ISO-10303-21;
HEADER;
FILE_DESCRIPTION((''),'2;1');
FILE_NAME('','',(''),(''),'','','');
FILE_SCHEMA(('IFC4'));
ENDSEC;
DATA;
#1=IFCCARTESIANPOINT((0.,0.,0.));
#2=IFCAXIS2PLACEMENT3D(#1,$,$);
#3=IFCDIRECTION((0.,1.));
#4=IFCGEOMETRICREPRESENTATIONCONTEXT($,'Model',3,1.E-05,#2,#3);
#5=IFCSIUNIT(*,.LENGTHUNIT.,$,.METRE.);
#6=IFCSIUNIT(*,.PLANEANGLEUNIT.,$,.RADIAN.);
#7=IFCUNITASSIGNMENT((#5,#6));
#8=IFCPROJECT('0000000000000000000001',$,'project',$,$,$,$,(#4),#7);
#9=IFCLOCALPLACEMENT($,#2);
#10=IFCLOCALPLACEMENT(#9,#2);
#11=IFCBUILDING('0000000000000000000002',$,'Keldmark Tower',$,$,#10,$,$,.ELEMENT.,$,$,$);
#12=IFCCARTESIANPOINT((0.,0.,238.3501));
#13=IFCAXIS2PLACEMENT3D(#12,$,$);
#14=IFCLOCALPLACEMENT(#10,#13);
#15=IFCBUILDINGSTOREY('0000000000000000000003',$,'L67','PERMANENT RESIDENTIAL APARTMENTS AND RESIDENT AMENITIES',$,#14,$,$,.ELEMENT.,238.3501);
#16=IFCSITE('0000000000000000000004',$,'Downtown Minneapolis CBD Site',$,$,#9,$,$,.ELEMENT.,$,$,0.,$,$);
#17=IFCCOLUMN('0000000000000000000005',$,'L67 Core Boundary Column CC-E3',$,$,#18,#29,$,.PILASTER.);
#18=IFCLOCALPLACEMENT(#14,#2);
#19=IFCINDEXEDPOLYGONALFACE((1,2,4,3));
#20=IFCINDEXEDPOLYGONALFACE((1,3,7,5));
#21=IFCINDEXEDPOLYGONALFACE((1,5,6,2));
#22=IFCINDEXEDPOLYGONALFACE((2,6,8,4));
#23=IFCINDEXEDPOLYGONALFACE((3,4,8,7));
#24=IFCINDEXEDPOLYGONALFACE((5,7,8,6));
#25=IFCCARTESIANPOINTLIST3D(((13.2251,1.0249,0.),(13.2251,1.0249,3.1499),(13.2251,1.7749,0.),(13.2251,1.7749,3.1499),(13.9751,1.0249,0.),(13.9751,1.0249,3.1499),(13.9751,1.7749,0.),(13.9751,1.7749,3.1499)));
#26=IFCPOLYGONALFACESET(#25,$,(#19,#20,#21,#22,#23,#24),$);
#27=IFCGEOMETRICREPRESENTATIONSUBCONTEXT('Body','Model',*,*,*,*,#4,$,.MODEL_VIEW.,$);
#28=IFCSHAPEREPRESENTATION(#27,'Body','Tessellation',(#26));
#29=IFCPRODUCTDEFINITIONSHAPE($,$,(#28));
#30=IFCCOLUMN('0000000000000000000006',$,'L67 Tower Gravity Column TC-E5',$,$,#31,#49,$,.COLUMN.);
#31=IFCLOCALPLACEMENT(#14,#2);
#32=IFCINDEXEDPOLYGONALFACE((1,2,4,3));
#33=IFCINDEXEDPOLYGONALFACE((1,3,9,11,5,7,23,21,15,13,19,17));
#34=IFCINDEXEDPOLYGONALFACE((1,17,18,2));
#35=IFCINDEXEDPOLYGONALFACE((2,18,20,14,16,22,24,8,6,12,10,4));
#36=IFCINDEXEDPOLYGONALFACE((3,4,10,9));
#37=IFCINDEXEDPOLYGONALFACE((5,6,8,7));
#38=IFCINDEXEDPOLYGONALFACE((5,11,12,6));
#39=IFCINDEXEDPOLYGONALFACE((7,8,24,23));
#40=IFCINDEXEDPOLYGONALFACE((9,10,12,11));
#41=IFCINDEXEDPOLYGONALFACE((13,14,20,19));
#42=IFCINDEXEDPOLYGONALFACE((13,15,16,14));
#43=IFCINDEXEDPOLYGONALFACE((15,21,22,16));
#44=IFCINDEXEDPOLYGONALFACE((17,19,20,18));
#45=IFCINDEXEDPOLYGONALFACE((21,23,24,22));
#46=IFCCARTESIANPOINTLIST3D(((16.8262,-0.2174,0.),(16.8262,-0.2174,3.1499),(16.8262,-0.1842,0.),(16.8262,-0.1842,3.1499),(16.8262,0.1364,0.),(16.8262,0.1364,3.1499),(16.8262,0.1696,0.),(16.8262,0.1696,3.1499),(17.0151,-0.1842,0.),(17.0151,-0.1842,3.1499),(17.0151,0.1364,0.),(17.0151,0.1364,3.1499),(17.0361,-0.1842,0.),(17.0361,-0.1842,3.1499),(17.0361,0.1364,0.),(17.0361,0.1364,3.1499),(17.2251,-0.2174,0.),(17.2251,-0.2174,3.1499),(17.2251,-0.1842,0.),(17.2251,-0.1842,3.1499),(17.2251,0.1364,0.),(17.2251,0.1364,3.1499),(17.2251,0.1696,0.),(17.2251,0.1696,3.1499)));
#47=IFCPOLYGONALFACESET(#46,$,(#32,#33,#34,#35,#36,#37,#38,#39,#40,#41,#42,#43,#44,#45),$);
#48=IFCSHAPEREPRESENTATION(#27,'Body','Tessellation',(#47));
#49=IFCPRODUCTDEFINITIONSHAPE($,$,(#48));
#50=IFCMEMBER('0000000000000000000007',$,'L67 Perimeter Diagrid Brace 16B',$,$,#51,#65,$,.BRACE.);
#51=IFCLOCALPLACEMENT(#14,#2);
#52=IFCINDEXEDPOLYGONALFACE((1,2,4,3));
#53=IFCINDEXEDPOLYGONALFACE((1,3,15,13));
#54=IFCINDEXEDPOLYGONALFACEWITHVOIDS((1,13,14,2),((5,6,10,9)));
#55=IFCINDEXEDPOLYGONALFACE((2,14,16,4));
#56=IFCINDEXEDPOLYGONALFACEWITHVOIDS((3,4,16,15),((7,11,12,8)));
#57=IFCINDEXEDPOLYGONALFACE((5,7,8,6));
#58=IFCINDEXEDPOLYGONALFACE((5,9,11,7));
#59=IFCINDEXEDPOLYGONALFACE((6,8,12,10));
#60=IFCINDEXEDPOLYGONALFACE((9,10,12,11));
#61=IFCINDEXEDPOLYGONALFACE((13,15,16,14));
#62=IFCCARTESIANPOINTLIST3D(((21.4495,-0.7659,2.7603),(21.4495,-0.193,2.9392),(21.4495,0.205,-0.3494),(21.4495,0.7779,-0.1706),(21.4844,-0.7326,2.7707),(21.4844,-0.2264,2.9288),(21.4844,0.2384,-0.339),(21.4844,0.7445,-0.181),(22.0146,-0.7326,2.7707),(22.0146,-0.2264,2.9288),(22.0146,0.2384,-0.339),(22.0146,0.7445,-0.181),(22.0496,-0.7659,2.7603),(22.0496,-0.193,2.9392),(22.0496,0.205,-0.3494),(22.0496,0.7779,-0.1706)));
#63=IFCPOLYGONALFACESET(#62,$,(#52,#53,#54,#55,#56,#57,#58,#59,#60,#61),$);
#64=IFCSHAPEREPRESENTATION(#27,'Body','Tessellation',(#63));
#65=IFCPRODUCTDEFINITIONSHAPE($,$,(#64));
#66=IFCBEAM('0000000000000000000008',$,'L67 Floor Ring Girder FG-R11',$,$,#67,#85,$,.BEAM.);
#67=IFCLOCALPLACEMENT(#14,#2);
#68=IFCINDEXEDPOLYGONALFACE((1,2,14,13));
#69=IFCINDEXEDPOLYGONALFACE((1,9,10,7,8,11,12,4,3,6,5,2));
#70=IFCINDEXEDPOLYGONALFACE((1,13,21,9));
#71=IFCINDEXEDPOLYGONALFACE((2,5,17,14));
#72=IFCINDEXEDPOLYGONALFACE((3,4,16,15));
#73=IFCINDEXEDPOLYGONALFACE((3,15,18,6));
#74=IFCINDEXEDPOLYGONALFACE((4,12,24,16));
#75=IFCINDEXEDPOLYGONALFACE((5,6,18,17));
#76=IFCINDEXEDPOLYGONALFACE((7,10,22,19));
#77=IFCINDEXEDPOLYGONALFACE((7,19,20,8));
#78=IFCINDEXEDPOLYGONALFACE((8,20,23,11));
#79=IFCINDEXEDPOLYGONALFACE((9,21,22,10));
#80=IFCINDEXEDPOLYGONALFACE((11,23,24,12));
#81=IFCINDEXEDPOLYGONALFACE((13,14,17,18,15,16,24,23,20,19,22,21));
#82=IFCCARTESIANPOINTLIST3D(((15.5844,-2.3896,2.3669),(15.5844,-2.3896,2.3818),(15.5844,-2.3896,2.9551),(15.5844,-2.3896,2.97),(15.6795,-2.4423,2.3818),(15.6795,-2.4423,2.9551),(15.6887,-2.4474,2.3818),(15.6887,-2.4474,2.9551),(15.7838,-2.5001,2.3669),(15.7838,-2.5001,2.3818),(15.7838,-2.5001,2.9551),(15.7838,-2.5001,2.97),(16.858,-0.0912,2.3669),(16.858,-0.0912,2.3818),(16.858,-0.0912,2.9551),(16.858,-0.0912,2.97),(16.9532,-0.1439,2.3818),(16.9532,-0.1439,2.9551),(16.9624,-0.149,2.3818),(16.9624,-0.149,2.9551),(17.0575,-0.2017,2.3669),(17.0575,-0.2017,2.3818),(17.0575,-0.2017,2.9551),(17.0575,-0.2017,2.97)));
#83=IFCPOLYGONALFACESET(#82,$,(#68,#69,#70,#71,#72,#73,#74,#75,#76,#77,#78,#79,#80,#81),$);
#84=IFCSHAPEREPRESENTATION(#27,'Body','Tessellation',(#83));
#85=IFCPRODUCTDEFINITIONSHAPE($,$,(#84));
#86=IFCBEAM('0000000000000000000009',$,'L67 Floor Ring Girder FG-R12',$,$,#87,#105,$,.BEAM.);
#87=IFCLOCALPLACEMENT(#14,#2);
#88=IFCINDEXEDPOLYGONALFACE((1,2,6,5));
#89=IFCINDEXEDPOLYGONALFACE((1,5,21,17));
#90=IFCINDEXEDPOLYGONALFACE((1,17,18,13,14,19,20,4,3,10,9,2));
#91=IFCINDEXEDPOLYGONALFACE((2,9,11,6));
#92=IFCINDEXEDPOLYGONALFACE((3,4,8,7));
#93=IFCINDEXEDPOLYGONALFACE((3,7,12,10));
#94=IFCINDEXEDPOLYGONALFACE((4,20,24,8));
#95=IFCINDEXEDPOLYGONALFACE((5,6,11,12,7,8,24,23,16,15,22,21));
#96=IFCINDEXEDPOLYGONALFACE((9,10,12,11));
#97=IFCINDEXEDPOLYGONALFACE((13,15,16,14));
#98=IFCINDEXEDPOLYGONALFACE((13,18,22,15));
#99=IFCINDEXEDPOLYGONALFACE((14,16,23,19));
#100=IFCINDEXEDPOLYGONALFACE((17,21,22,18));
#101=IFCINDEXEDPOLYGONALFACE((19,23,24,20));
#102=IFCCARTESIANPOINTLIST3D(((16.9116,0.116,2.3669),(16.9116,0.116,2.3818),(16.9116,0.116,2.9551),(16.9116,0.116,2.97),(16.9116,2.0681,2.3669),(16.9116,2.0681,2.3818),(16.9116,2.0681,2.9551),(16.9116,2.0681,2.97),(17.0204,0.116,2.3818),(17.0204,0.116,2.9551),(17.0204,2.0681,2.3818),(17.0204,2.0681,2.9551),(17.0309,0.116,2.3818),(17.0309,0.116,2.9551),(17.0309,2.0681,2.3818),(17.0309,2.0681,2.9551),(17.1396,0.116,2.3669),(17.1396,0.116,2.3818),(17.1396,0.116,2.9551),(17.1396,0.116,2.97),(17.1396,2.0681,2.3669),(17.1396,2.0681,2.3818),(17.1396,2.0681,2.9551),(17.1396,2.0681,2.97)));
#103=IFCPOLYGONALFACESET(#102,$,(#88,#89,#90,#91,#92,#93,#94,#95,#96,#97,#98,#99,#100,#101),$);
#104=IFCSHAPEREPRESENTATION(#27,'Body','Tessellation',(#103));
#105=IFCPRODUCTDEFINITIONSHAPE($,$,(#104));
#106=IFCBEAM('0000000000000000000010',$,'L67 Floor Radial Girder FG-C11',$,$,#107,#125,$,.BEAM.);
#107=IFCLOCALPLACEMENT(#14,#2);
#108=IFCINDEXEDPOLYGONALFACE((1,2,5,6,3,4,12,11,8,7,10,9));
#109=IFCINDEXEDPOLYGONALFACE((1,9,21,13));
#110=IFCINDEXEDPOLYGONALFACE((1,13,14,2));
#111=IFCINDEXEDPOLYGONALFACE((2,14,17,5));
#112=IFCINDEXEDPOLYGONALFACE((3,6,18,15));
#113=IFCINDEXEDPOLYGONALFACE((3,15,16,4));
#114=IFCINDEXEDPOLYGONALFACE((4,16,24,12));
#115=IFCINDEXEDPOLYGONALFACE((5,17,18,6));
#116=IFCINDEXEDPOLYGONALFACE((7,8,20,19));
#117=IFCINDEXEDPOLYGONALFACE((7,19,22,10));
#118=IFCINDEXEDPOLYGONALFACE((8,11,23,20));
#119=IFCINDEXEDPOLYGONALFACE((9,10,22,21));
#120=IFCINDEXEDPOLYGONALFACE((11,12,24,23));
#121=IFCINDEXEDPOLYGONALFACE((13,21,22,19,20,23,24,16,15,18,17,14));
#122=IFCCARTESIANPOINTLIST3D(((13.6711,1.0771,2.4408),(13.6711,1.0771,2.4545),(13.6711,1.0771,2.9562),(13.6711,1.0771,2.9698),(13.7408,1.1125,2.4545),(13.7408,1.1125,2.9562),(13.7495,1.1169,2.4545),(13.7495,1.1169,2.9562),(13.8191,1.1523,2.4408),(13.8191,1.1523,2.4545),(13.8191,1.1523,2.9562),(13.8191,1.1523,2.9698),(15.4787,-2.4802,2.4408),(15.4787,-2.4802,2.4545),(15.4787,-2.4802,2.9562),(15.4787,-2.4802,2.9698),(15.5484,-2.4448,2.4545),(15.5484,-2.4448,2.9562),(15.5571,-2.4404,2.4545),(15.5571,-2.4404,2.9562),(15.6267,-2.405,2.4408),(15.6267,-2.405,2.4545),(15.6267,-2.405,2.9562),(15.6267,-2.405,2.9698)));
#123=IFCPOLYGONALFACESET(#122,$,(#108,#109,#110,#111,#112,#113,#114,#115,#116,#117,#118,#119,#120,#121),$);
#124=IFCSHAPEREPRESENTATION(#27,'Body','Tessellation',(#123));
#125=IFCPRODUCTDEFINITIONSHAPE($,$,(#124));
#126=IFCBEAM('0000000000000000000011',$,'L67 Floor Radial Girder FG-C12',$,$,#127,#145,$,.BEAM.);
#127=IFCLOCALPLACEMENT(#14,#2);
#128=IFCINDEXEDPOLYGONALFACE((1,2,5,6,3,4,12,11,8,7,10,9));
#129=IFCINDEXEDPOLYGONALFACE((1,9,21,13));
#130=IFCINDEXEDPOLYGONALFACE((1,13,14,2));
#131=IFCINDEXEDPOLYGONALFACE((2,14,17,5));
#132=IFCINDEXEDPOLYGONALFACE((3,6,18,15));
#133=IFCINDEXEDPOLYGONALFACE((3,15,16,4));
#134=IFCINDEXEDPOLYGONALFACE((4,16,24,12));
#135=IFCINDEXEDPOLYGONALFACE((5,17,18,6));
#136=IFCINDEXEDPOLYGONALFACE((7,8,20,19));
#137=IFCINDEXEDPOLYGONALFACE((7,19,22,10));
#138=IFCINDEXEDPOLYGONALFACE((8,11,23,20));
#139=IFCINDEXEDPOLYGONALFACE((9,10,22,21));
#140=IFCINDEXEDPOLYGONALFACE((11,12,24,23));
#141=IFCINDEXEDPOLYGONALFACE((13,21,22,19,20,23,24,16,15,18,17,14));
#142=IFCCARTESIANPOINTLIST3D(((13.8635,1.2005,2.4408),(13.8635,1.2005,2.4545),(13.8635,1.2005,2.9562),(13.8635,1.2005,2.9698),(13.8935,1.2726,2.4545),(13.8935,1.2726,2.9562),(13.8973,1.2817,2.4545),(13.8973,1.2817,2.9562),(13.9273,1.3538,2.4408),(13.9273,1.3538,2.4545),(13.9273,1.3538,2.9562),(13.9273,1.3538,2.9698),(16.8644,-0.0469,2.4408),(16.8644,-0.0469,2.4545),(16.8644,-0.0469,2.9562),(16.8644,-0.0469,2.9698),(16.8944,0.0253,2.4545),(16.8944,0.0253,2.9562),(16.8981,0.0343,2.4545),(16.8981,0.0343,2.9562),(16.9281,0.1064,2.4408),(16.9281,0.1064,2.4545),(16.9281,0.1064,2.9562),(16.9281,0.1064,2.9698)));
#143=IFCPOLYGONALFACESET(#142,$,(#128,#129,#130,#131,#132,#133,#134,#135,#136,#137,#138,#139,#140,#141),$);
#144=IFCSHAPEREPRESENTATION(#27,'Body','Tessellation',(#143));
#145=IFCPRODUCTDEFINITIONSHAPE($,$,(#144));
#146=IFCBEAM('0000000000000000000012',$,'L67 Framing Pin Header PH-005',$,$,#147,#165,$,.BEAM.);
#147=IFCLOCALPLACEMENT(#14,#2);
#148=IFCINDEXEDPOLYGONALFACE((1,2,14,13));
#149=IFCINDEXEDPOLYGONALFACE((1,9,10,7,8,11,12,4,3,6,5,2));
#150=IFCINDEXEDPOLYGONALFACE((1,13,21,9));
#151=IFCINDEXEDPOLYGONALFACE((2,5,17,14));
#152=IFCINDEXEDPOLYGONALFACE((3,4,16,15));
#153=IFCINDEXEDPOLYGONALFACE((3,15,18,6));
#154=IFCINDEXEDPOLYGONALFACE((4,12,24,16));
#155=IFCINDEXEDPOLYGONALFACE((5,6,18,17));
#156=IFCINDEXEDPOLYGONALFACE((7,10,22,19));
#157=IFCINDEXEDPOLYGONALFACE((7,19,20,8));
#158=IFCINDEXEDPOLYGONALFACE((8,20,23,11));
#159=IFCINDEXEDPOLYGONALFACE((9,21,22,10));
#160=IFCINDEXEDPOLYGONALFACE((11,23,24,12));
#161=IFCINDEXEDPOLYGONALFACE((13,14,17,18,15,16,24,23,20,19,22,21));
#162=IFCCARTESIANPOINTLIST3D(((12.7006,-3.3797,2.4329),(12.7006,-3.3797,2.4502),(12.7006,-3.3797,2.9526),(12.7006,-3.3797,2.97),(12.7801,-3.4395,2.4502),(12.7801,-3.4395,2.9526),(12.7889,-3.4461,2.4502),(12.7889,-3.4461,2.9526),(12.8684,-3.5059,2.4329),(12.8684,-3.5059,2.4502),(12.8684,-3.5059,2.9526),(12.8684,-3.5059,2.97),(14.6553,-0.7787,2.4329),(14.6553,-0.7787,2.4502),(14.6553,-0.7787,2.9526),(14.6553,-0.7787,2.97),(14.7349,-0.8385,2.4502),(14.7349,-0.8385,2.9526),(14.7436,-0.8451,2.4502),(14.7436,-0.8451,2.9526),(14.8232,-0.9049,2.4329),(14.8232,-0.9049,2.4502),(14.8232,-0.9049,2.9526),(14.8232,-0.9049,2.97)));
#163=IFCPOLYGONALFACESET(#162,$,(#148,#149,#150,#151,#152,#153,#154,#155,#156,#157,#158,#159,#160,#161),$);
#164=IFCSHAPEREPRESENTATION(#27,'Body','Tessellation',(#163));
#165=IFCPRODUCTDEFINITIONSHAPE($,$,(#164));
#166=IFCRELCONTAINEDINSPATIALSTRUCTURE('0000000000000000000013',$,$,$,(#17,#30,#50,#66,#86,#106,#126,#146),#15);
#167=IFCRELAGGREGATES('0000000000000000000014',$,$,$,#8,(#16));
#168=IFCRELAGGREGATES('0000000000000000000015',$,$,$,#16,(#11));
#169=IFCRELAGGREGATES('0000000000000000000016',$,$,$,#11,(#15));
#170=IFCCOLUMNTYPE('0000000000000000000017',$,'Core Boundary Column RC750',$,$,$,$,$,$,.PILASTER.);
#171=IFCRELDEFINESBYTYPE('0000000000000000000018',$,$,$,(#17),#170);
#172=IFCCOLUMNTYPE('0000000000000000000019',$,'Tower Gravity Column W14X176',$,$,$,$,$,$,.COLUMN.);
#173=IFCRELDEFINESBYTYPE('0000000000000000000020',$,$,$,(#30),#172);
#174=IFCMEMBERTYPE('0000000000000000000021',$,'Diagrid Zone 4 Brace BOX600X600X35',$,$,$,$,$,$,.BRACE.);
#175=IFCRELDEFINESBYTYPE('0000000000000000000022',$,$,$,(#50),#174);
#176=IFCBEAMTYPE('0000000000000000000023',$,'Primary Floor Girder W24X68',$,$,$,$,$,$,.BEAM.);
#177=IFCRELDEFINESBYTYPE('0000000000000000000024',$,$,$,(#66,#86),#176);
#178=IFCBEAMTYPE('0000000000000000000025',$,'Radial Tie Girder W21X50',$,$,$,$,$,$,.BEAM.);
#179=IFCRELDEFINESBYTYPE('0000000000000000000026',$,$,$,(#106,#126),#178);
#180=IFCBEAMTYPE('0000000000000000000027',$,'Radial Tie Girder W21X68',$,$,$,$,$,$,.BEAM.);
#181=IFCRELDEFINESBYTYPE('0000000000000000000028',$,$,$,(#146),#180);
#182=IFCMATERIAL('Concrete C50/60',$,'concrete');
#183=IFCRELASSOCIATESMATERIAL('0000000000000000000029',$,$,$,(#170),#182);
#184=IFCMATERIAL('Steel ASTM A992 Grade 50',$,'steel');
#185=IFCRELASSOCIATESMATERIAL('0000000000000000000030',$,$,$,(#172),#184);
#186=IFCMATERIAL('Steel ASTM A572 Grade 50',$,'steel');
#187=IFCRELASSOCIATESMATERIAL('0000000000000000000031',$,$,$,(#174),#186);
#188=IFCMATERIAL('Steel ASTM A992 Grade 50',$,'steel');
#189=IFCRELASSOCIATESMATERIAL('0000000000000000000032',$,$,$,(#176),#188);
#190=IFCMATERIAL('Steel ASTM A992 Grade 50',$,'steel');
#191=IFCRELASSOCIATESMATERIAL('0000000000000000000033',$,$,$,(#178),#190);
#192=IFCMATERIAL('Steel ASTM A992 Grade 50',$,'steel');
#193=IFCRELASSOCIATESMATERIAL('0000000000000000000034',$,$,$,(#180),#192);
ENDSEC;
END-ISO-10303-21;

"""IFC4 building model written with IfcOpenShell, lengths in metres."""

from ifc_helpers import new_model, si_unit, direction, frame, origin, origin_2d, place, context, subcontext, project, spatial, rectangle, hollow_rectangle, i_section, extrude, material, material_profile, profile_set, type_object, element, save


model = new_model("IFC4")

# Units and contexts
model_context = context("Model", 3, precision=1e-05, world=origin(), true_north=direction((0.0, 1.0)))
body_context = subcontext(model_context, "Body", "Model", "MODEL_VIEW")
ifc_project = project(units=[si_unit("LENGTHUNIT", "METRE"), si_unit("PLANEANGLEUNIT", "RADIAN")], contexts=[model_context])

# Site, building, storey
site_placement = place(None, origin())
site = spatial("IfcSite", under=ifc_project, at=site_placement, Name="Downtown Minneapolis CBD Site", CompositionType="ELEMENT", RefElevation=0.0)
building_placement = place(site_placement, origin())
building = spatial("IfcBuilding", under=site, at=building_placement, Name="Keldmark Tower", CompositionType="ELEMENT")
storey_placement = place(building_placement, frame((0.0, 0.0, 238.3501)))
storey = spatial("IfcBuildingStorey", under=building, at=storey_placement, Name="L67", Description="PERMANENT RESIDENTIAL APARTMENTS AND RESIDENT AMENITIES", CompositionType="ELEMENT", Elevation=238.3501)

# Columns
ifc_material_1 = material(Name="Concrete C50/60", Category="concrete")
ifc_material_profile_1 = material_profile(ifc_material_1, rectangle(XDim=0.75, YDim=0.75, at=origin_2d()), Name="RC750X750")
ifc_profile_set_1 = profile_set([ifc_material_profile_1], Name="Concrete C50/60")
column_type_1 = type_object("IfcColumnType", Name="Core Boundary Column RC750", PredefinedType="PILASTER", material=ifc_profile_set_1)
column_1_placement = place(storey_placement, frame((13.6001, 1.3999, 0.0), z_axis=(0.0, 0.0, 1.0), x_axis=(1.0, 0.0, 0.0)))
element("IfcColumn", 1, at=column_1_placement, inside=storey, type_object=column_type_1, Name="L67 Core Boundary Column CC-E3", PredefinedType="PILASTER", context=body_context, shape_type="SweptSolid", body=[
    extrude(rectangle(XDim=0.75, YDim=0.75, at=origin_2d()), origin(), (0.0, 0.0, 1.0), 3.1499),
])
ifc_material_2 = material(Name="Steel ASTM A992 Grade 50", Category="steel")
ifc_material_profile_2 = material_profile(ifc_material_2, i_section(OverallWidth=0.3989, OverallDepth=0.387, WebThickness=0.021, FlangeThickness=0.0332, at=origin_2d()), Name="W14X176")
ifc_profile_set_2 = profile_set([ifc_material_profile_2], Name="Steel ASTM A992 Grade 50")
column_type_2 = type_object("IfcColumnType", Name="Tower Gravity Column W14X176", PredefinedType="COLUMN", material=ifc_profile_set_2)
column_2_placement = place(storey_placement, frame((17.0256, -0.0239, 0.0), z_axis=(0.0, 0.0, 1.0), x_axis=(1.0, 0.0, 0.0)))
element("IfcColumn", 2, at=column_2_placement, inside=storey, type_object=column_type_2, Name="L67 Tower Gravity Column TC-E5", PredefinedType="COLUMN", context=body_context, shape_type="SweptSolid", body=[
    extrude(i_section(OverallWidth=0.3989, OverallDepth=0.387, WebThickness=0.021, FlangeThickness=0.0332, at=origin_2d()), origin(), (0.0, 0.0, 1.0), 3.1499),
])

# Member
ifc_material_3 = material(Name="Steel ASTM A572 Grade 50", Category="steel")
ifc_material_profile_3 = material_profile(ifc_material_3, hollow_rectangle(XDim=0.6001, YDim=0.6001, WallThickness=0.0349, at=origin_2d()), Name="BOX600X600X35")
ifc_profile_set_3 = profile_set([ifc_material_profile_3], Name="Steel ASTM A572 Grade 50")
member_type = type_object("IfcMemberType", Name="Diagrid Zone 4 Brace BOX600X600X35", PredefinedType="BRACE", material=ifc_profile_set_3)
member_placement = place(storey_placement, frame((21.7495, 0.4915, -0.26), z_axis=(0.0, -0.298028, 0.954557), x_axis=(1.0, 0.0, 0.0)))
element("IfcMember", 3, at=member_placement, inside=storey, type_object=member_type, Name="L67 Perimeter Diagrid Brace 16B", PredefinedType="BRACE", context=body_context, shape_type="SweptSolid", body=[
    extrude(hollow_rectangle(XDim=0.6001, YDim=0.6001, WallThickness=0.0349, at=origin_2d()), origin(), (0.0, 0.0, 1.0), 3.2578),
])

# Beams
ifc_material_4 = material(Name="Steel ASTM A992 Grade 50", Category="steel")
ifc_material_profile_4 = material_profile(ifc_material_4, i_section(OverallWidth=0.228, OverallDepth=0.603, WebThickness=0.0105, FlangeThickness=0.0149, at=origin_2d()), Name="W24X68")
ifc_profile_set_4 = profile_set([ifc_material_profile_4], Name="Steel ASTM A992 Grade 50")
beam_type_1 = type_object("IfcBeamType", Name="Primary Floor Girder W24X68", PredefinedType="BEAM", material=ifc_profile_set_4)
beam_1_placement = place(storey_placement, frame((15.6841, -2.4448, 2.6685), z_axis=(0.48472, 0.87467, 0.0), x_axis=(-0.87467, 0.48472, 0.0)))
element("IfcBeam", 4, at=beam_1_placement, inside=storey, type_object=beam_type_1, Name="L67 Floor Ring Girder FG-R11", PredefinedType="BEAM", context=body_context, shape_type="SweptSolid", body=[
    extrude(i_section(OverallWidth=0.228, OverallDepth=0.603, WebThickness=0.0105, FlangeThickness=0.0149, at=origin_2d()), origin(), (0.0, 0.0, 1.0), 2.6277),
])
beam_2_placement = place(storey_placement, frame((17.0256, 0.116, 2.6685), z_axis=(0.0, 1.0, 0.0), x_axis=(-1.0, 0.0, 0.0)))
element("IfcBeam", 5, at=beam_2_placement, inside=storey, type_object=beam_type_1, Name="L67 Floor Ring Girder FG-R12", PredefinedType="BEAM", context=body_context, shape_type="SweptSolid", body=[
    extrude(i_section(OverallWidth=0.228, OverallDepth=0.603, WebThickness=0.0105, FlangeThickness=0.0149, at=origin_2d()), origin(), (0.0, 0.0, 1.0), 1.9521),
])
ifc_material_5 = material(Name="Steel ASTM A992 Grade 50", Category="steel")
ifc_material_profile_5 = material_profile(ifc_material_5, i_section(OverallWidth=0.166, OverallDepth=0.5291, WebThickness=0.0098, FlangeThickness=0.0137, at=origin_2d()), Name="W21X50")
ifc_profile_set_5 = profile_set([ifc_material_profile_5], Name="Steel ASTM A992 Grade 50")
beam_type_2 = type_object("IfcBeamType", Name="Radial Tie Girder W21X50", PredefinedType="BEAM", material=ifc_profile_set_5)
beam_3_placement = place(storey_placement, frame((15.5527, -2.4426, 2.7053), z_axis=(-0.453004, 0.891508, 0.0), x_axis=(-0.891508, -0.453004, 0.0)))
element("IfcBeam", 6, at=beam_3_placement, inside=storey, type_object=beam_type_2, Name="L67 Floor Radial Girder FG-C11", PredefinedType="BEAM", context=body_context, shape_type="SweptSolid", body=[
    extrude(i_section(OverallWidth=0.166, OverallDepth=0.5291, WebThickness=0.0098, FlangeThickness=0.0137, at=origin_2d()), origin(), (0.0, 0.0, 1.0), 3.9902),
])
beam_4_placement = place(storey_placement, frame((16.8962, 0.0298, 2.7053), z_axis=(-0.923403, 0.383831, 0.0), x_axis=(-0.383831, -0.923403, 0.0)))
element("IfcBeam", 7, at=beam_4_placement, inside=storey, type_object=beam_type_2, Name="L67 Floor Radial Girder FG-C12", PredefinedType="BEAM", context=body_context, shape_type="SweptSolid", body=[
    extrude(i_section(OverallWidth=0.166, OverallDepth=0.5291, WebThickness=0.0098, FlangeThickness=0.0137, at=origin_2d()), origin(), (0.0, 0.0, 1.0), 3.2498),
])
ifc_material_6 = material(Name="Steel ASTM A992 Grade 50", Category="steel")
ifc_material_profile_6 = material_profile(ifc_material_6, i_section(OverallWidth=0.21, OverallDepth=0.5371, WebThickness=0.011, FlangeThickness=0.0173, at=origin_2d()), Name="W21X68")
ifc_profile_set_6 = profile_set([ifc_material_profile_6], Name="Steel ASTM A992 Grade 50")
beam_type_3 = type_object("IfcBeamType", Name="Radial Tie Girder W21X68", PredefinedType="BEAM", material=ifc_profile_set_6)
beam_5_placement = place(storey_placement, frame((14.7393, -0.8418, 2.7014), z_axis=(-0.600792, -0.799405, 0.0), x_axis=(0.799405, -0.600792, 0.0)))
element("IfcBeam", 8, at=beam_5_placement, inside=storey, type_object=beam_type_3, Name="L67 Framing Pin Header PH-005", PredefinedType="BEAM", context=body_context, shape_type="SweptSolid", body=[
    extrude(i_section(OverallWidth=0.21, OverallDepth=0.5371, WebThickness=0.011, FlangeThickness=0.0173, at=origin_2d()), origin(), (0.0, 0.0, 1.0), 3.2537),
])

save(model, "model.ifc")
